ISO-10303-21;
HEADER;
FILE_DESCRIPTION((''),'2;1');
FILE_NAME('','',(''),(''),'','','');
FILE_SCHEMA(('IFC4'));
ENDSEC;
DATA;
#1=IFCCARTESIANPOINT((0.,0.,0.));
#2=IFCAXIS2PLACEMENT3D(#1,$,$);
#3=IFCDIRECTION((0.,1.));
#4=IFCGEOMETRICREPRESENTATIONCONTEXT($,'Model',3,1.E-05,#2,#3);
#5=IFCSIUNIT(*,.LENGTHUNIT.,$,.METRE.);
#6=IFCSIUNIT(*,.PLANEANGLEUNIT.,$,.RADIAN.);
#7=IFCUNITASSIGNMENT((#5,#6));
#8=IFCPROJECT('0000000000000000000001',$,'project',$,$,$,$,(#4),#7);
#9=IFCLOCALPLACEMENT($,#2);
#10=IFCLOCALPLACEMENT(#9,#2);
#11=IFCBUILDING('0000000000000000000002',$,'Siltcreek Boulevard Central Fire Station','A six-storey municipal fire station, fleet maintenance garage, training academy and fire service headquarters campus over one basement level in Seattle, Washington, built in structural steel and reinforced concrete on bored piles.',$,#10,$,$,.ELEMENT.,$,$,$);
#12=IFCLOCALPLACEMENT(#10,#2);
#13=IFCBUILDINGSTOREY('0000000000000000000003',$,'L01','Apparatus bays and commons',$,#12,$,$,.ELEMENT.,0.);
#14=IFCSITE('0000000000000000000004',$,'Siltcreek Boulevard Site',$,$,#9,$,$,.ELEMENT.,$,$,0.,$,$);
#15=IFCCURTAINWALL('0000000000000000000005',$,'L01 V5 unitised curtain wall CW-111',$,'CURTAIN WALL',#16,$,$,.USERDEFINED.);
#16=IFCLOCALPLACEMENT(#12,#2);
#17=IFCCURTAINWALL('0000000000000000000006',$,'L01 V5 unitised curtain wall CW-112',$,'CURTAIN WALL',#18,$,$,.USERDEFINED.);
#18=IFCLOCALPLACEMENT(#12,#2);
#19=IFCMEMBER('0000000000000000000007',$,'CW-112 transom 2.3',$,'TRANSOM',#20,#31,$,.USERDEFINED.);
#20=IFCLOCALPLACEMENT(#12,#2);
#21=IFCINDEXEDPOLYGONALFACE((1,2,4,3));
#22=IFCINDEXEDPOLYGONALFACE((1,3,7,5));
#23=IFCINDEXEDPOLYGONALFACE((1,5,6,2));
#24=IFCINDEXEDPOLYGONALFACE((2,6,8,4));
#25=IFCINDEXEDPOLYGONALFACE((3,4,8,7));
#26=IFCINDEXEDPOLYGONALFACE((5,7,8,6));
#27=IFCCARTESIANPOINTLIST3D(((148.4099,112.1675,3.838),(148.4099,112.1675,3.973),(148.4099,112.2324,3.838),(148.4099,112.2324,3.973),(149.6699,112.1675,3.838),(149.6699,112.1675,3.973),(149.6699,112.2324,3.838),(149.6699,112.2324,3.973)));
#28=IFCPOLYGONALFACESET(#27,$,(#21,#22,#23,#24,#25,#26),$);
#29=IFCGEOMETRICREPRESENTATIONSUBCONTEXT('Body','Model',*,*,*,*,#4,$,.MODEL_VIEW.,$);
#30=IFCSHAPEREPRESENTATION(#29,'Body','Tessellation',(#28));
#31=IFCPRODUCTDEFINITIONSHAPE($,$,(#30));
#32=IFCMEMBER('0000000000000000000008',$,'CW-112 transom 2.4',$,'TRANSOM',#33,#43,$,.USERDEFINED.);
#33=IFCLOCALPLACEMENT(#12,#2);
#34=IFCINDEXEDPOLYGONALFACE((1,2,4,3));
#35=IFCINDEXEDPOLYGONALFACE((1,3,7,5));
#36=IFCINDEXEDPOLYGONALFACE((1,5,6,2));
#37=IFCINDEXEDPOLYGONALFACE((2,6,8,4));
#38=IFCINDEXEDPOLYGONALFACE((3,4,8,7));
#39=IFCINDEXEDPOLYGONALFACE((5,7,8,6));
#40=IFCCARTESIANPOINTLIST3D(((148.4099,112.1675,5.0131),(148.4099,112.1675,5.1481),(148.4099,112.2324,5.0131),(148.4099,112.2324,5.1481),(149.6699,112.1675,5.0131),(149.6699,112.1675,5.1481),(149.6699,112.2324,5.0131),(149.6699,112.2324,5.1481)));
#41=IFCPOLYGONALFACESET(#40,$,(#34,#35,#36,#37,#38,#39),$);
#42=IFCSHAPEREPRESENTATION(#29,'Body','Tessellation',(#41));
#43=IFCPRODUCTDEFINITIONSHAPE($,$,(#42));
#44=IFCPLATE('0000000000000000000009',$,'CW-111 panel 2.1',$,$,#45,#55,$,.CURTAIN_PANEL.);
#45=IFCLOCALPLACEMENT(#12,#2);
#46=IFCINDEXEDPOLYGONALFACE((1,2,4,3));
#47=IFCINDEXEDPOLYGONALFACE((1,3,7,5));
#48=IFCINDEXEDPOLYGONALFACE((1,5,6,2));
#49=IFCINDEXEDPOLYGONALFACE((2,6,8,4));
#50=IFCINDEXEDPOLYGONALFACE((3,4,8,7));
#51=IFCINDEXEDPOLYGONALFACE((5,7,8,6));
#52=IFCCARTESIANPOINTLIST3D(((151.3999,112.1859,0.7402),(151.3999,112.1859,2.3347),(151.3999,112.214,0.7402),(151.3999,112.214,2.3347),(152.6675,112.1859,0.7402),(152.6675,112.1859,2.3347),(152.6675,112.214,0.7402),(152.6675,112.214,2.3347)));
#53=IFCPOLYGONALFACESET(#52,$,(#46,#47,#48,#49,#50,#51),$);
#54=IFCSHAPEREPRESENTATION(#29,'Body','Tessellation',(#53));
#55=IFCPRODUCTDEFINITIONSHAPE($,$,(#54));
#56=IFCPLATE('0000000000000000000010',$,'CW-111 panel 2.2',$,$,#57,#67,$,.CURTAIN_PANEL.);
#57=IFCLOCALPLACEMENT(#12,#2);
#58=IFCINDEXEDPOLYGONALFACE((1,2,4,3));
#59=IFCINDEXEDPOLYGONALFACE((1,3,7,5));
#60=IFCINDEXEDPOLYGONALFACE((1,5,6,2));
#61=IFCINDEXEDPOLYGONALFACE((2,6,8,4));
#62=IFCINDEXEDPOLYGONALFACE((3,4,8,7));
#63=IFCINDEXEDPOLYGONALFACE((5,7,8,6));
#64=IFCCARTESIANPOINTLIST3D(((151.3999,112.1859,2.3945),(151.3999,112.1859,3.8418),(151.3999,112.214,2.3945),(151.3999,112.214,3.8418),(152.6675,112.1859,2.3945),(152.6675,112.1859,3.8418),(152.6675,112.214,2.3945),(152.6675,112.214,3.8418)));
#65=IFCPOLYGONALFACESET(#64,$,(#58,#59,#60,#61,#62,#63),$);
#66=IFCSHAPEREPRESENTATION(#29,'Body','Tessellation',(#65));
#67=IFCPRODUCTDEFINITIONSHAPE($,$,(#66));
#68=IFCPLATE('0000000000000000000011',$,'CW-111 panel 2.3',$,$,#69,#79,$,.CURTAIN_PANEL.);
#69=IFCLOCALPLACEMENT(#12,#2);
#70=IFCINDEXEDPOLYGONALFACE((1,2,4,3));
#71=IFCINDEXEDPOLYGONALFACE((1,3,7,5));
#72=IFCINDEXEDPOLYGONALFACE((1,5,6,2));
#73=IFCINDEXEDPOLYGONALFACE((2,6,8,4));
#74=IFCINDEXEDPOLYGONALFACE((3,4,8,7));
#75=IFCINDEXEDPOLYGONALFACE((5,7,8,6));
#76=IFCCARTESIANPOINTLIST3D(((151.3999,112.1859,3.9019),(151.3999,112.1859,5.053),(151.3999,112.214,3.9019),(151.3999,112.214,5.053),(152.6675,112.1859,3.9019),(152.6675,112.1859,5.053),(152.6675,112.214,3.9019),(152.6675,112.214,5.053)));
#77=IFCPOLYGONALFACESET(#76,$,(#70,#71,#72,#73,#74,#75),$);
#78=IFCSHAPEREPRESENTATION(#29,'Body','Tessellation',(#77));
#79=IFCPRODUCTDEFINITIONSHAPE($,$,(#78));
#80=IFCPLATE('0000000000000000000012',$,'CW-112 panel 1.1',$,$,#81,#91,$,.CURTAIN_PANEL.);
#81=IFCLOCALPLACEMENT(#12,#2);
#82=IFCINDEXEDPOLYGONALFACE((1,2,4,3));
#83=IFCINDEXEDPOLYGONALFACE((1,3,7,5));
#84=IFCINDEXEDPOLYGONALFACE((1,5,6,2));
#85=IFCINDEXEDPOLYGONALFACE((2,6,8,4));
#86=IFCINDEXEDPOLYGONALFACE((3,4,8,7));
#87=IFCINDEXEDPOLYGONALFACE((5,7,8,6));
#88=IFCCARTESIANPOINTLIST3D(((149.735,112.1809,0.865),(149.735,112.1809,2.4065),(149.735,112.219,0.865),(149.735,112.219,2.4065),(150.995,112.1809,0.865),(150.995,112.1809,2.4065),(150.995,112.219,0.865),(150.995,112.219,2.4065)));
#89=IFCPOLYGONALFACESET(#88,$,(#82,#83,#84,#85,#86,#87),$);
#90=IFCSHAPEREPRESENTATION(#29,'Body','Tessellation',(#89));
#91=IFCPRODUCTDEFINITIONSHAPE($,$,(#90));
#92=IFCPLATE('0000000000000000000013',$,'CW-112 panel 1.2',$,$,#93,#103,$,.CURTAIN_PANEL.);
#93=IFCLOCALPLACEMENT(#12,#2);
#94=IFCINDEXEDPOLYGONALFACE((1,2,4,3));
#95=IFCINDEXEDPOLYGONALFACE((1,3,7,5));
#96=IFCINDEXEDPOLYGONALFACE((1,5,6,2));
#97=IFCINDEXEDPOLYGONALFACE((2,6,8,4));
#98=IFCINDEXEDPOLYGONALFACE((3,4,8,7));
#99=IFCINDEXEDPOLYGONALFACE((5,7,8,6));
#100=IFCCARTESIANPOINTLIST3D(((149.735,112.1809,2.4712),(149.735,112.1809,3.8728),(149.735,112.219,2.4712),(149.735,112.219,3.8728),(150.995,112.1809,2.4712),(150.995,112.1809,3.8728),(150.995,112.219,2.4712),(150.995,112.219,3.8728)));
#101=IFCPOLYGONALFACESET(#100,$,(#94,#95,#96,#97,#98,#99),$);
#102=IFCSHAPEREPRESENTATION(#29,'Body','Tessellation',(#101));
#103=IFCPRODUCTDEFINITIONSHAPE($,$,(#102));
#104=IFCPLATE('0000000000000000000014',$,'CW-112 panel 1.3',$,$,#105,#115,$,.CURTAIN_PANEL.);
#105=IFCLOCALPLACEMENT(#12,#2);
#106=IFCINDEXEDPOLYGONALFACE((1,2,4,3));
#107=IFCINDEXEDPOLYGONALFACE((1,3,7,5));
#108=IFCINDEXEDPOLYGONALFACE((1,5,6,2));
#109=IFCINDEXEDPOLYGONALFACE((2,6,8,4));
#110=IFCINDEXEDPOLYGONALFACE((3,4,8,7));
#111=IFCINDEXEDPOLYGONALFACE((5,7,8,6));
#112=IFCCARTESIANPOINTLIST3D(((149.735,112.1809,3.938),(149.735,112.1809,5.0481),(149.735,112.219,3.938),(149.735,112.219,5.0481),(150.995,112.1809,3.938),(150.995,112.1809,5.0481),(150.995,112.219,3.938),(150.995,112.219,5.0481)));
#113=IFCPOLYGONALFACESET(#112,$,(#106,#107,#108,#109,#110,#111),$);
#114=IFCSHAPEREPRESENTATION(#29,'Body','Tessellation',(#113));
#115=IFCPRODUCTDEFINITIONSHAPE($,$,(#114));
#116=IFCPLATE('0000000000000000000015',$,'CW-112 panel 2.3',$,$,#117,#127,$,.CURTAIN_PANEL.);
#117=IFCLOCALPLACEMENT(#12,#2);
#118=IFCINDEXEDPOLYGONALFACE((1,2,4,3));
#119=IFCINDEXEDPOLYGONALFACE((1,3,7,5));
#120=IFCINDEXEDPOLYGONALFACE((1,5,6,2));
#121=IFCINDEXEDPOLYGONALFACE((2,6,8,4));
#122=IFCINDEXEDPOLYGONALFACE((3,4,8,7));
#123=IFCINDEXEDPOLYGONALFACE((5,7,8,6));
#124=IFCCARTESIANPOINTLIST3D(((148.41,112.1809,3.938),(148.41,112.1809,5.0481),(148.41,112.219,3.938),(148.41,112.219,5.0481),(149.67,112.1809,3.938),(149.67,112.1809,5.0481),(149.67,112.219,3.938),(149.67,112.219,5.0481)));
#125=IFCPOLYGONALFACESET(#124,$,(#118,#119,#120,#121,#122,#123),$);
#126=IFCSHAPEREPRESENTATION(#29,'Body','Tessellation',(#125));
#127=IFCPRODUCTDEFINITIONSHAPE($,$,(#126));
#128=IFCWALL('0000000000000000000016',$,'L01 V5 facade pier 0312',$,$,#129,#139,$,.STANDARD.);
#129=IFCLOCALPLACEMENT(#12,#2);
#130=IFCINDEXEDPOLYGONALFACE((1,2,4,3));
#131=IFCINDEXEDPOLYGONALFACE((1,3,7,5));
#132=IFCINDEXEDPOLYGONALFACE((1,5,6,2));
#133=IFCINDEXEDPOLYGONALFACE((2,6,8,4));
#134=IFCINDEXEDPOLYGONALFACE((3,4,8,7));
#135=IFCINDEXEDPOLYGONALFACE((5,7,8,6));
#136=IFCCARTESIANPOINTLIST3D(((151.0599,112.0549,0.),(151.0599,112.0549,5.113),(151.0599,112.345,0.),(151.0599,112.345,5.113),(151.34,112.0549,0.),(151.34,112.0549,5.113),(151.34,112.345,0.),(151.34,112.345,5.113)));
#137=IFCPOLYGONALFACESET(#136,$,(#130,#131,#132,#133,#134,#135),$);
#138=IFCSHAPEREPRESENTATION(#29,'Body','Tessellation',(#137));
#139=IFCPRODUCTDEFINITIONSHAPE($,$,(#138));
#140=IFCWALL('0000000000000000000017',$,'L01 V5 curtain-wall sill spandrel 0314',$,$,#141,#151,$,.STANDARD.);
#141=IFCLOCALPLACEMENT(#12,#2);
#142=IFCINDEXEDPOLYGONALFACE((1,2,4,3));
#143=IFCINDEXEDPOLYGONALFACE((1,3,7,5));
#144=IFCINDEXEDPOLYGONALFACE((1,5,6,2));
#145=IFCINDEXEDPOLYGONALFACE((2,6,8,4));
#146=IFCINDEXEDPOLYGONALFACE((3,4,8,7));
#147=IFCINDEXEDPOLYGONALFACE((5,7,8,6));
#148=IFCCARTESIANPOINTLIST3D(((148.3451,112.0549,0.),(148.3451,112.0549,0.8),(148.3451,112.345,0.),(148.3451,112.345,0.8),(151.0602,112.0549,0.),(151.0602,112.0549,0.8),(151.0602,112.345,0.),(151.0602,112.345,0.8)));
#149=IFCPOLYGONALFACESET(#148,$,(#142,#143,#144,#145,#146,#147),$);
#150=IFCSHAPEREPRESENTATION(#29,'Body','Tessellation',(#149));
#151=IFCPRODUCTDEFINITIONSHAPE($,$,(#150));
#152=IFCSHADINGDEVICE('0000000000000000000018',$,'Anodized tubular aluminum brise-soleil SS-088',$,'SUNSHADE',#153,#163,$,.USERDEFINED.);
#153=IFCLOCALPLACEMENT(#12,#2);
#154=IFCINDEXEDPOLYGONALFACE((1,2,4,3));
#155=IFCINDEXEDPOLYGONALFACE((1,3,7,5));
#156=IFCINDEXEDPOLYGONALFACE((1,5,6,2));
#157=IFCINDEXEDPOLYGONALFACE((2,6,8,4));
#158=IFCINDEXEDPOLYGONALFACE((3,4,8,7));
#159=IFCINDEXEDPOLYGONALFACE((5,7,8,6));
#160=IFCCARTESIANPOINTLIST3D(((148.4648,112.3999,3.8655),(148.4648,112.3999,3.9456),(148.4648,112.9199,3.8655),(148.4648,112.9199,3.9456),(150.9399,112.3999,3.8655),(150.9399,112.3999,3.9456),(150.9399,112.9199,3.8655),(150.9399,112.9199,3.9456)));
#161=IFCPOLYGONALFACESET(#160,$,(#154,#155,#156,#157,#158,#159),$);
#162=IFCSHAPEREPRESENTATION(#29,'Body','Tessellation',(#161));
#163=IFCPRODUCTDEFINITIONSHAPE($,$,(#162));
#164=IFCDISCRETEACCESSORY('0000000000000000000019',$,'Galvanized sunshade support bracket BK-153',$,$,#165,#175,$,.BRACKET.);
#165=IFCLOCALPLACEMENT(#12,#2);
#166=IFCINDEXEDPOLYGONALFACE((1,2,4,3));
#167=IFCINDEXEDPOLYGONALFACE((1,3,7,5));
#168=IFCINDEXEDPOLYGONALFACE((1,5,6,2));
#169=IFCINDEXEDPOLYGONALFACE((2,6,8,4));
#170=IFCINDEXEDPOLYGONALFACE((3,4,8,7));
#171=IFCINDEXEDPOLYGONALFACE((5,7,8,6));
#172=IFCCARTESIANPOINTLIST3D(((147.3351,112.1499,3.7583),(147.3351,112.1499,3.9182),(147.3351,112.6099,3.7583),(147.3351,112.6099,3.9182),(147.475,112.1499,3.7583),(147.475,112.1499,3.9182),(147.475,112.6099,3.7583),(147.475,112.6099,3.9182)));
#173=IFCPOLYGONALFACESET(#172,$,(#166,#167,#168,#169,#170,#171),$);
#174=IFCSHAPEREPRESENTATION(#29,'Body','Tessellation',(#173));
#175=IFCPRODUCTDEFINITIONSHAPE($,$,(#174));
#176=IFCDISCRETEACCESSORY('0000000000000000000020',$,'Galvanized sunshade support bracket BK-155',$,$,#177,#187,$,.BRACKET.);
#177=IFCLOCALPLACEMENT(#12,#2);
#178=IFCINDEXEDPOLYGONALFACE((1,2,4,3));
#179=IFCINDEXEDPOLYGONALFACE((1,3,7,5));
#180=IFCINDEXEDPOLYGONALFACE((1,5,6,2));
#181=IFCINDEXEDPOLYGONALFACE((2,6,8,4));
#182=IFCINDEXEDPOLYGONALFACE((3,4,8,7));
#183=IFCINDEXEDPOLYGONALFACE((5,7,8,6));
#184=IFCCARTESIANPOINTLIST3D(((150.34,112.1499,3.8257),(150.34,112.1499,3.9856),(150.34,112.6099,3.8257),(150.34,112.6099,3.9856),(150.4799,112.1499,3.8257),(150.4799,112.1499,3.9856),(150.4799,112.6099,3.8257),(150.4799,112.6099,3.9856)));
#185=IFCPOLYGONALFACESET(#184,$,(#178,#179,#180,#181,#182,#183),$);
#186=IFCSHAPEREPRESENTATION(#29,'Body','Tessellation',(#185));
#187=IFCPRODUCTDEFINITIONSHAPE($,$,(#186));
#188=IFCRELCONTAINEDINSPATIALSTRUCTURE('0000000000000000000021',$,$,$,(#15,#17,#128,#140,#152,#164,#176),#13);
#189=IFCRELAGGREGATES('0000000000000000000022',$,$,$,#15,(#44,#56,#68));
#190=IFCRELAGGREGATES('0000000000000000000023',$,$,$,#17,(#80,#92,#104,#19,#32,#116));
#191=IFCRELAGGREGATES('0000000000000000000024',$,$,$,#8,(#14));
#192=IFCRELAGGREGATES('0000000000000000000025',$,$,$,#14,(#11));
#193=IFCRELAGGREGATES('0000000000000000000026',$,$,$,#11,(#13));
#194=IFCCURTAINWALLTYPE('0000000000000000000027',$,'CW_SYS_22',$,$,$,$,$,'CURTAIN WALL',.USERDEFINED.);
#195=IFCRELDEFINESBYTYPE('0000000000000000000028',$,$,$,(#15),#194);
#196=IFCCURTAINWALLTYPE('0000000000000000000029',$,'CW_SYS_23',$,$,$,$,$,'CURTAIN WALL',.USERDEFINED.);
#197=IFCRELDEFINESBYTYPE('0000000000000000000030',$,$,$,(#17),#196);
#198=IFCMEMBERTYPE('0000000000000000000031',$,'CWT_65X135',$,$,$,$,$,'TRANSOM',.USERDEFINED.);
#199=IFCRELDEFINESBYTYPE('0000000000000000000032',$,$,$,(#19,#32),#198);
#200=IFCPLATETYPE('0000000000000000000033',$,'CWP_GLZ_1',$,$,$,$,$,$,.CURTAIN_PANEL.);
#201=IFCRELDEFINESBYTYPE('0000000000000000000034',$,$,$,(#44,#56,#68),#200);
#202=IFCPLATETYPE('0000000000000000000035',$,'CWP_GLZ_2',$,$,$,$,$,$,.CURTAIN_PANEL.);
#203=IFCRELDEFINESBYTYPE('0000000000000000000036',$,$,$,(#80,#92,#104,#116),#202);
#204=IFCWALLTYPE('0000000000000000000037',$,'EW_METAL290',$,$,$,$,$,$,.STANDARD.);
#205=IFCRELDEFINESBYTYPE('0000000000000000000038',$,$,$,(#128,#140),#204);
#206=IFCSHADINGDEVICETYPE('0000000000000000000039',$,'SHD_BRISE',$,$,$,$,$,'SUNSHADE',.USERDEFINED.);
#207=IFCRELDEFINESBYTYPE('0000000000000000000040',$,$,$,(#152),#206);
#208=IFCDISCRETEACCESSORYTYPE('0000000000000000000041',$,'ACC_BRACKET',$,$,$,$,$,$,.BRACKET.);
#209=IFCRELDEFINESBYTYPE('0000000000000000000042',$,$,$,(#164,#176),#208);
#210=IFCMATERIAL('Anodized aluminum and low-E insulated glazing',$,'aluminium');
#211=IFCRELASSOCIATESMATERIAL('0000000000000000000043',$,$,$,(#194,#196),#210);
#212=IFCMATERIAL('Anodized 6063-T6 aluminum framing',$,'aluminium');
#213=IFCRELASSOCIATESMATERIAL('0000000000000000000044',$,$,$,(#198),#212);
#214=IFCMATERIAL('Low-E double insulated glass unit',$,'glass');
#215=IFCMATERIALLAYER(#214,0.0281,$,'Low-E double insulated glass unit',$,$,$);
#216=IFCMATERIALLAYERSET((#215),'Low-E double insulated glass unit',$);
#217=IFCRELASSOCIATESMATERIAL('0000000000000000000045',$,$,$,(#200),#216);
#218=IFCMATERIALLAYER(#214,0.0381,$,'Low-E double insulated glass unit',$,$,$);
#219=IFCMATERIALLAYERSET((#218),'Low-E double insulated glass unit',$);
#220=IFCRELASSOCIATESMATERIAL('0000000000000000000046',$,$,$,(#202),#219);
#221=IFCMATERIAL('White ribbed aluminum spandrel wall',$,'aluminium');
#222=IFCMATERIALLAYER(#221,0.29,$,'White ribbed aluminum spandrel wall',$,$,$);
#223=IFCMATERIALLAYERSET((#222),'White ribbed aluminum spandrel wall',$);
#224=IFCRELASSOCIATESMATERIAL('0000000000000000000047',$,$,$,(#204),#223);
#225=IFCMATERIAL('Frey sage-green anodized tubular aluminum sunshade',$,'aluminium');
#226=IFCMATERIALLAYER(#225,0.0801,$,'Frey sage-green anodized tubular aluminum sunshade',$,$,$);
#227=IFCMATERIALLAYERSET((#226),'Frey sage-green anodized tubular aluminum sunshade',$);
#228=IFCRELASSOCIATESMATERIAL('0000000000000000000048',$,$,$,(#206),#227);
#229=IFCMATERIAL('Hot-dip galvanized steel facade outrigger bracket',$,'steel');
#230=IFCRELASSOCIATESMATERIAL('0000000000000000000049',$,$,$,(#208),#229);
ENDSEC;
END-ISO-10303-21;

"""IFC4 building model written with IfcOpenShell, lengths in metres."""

from ifc_helpers import new_model, si_unit, direction, frame, frame_2d, origin, origin_2d, place, context, subcontext, project, spatial, rectangle, extrude, material, layer, layer_set, material_profile, profile_set, type_object, element, aggregate, save


model = new_model("IFC4")

# Units and contexts
model_context = context("Model", 3, precision=1e-05, world=origin(), true_north=direction((0.0, 1.0)))
body_context = subcontext(model_context, "Body", "Model", "MODEL_VIEW")
ifc_project = project(units=[si_unit("LENGTHUNIT", "METRE"), si_unit("PLANEANGLEUNIT", "RADIAN")], contexts=[model_context])

# Site, building, storey
site_placement = place(None, origin())
site = spatial("IfcSite", under=ifc_project, at=site_placement, Name="Siltcreek Boulevard Site", CompositionType="ELEMENT", RefElevation=0.0)
building_placement = place(site_placement, origin())
building = spatial("IfcBuilding", under=site, at=building_placement, Name="Siltcreek Boulevard Central Fire Station", Description="A six-storey municipal fire station, fleet maintenance garage, training academy and fire service headquarters campus over one basement level in Seattle, Washington, built in structural steel and reinforced concrete on bored piles.", CompositionType="ELEMENT")
storey_placement = place(building_placement, origin())
storey = spatial("IfcBuildingStorey", under=building, at=storey_placement, Name="L01", Description="Apparatus bays and commons", CompositionType="ELEMENT", Elevation=0.0)

# Curtain walls
ifc_material_1 = material(Name="Anodized aluminum and low-E insulated glazing", Category="aluminium")
curtain_wall_type_1 = type_object("IfcCurtainWallType", Name="CW_SYS_22", ElementType="CURTAIN WALL", PredefinedType="USERDEFINED", material=ifc_material_1)
curtain_wall_1_placement = place(storey_placement, origin())
curtain_wall_1 = element("IfcCurtainWall", 1, at=curtain_wall_1_placement, inside=storey, type_object=curtain_wall_type_1, Name="L01 V5 unitised curtain wall CW-111", ObjectType="CURTAIN WALL", PredefinedType="USERDEFINED")
ifc_material_2 = material(Name="Anodized 6063-T6 aluminum framing", Category="aluminium")
curtain_wall_type_2 = type_object("IfcCurtainWallType", Name="CW_SYS_23", ElementType="CURTAIN WALL", PredefinedType="USERDEFINED", material=ifc_material_1)
curtain_wall_2_placement = place(storey_placement, origin())
curtain_wall_2 = element("IfcCurtainWall", 2, at=curtain_wall_2_placement, inside=storey, type_object=curtain_wall_type_2, Name="L01 V5 unitised curtain wall CW-112", ObjectType="CURTAIN WALL", PredefinedType="USERDEFINED")

# Members
ifc_material_profile_1 = material_profile(ifc_material_2, rectangle(XDim=0.0649, YDim=0.135, at=origin_2d()), Name="TRAN65X135")
ifc_profile_set_1 = profile_set([ifc_material_profile_1], Name="Anodized 6063-T6 aluminum framing")
member_type_1 = type_object("IfcMemberType", Name="CWT_65X135", ElementType="TRANSOM", PredefinedType="USERDEFINED", material=ifc_profile_set_1)
member_1_placement = place(storey_placement, frame((149.6699, 112.2, 3.9055), z_axis=(-1.0, 0.0, 0.0), x_axis=(0.0, -1.0, 0.0)))
member_1 = element("IfcMember", 3, at=member_1_placement, type_object=member_type_1, Name="CW-112 transom 2.3", ObjectType="TRANSOM", PredefinedType="USERDEFINED", context=body_context, shape_type="SweptSolid", body=[
    extrude(rectangle(XDim=0.0649, YDim=0.135, at=origin_2d()), origin(), (0.0, 0.0, 1.0), 1.26),
])
member_2_placement = place(storey_placement, frame((149.6699, 112.2, 5.0806), z_axis=(-1.0, 0.0, 0.0), x_axis=(0.0, -1.0, 0.0)))
member_2 = element("IfcMember", 4, at=member_2_placement, type_object=member_type_1, Name="CW-112 transom 2.4", ObjectType="TRANSOM", PredefinedType="USERDEFINED", context=body_context, shape_type="SweptSolid", body=[
    extrude(rectangle(XDim=0.0649, YDim=0.135, at=origin_2d()), origin(), (0.0, 0.0, 1.0), 1.26),
])

# Plates
ifc_material_3 = material(Name="Low-E double insulated glass unit", Category="glass")
ifc_layer_1 = layer(ifc_material_3, 0.0281, Name="Low-E double insulated glass unit")
ifc_layer_set_1 = layer_set([ifc_layer_1], Name="Low-E double insulated glass unit")
plate_type_1 = type_object("IfcPlateType", Name="CWP_GLZ_1", PredefinedType="CURTAIN_PANEL", material=ifc_layer_set_1)
plate_1_placement = place(storey_placement, frame((152.0337, 112.2, 0.7402), z_axis=(0.0, 0.0, 1.0), x_axis=(-1.0, 0.0, 0.0)))
plate_1 = element("IfcPlate", 5, at=plate_1_placement, type_object=plate_type_1, Name="CW-111 panel 2.1", PredefinedType="CURTAIN_PANEL", context=body_context, shape_type="SweptSolid", body=[
    extrude(rectangle(XDim=1.2676, YDim=0.0281, at=origin_2d()), origin(), (0.0, 0.0, 1.0), 1.5945),
])
plate_2_placement = place(storey_placement, frame((152.0337, 112.2, 2.3945), z_axis=(0.0, 0.0, 1.0), x_axis=(-1.0, 0.0, 0.0)))
plate_2 = element("IfcPlate", 6, at=plate_2_placement, type_object=plate_type_1, Name="CW-111 panel 2.2", PredefinedType="CURTAIN_PANEL", context=body_context, shape_type="SweptSolid", body=[
    extrude(rectangle(XDim=1.2676, YDim=0.0281, at=origin_2d()), origin(), (0.0, 0.0, 1.0), 1.4473),
])
plate_3_placement = place(storey_placement, frame((152.0337, 112.2, 3.9019), z_axis=(0.0, 0.0, 1.0), x_axis=(-1.0, 0.0, 0.0)))
plate_3 = element("IfcPlate", 7, at=plate_3_placement, type_object=plate_type_1, Name="CW-111 panel 2.3", PredefinedType="CURTAIN_PANEL", context=body_context, shape_type="SweptSolid", body=[
    extrude(rectangle(XDim=1.2676, YDim=0.0281, at=origin_2d()), origin(), (0.0, 0.0, 1.0), 1.1511),
])
aggregate(curtain_wall_1, [plate_1, plate_2, plate_3])
ifc_layer_2 = layer(ifc_material_3, 0.0381, Name="Low-E double insulated glass unit")
ifc_layer_set_2 = layer_set([ifc_layer_2], Name="Low-E double insulated glass unit")
plate_type_2 = type_object("IfcPlateType", Name="CWP_GLZ_2", PredefinedType="CURTAIN_PANEL", material=ifc_layer_set_2)
plate_4_placement = place(storey_placement, frame((150.365, 112.2, 0.865), z_axis=(0.0, 0.0, 1.0), x_axis=(-1.0, 0.0, 0.0)))
plate_4 = element("IfcPlate", 8, at=plate_4_placement, type_object=plate_type_2, Name="CW-112 panel 1.1", PredefinedType="CURTAIN_PANEL", context=body_context, shape_type="SweptSolid", body=[
    extrude(rectangle(XDim=1.26, YDim=0.0381, at=origin_2d()), origin(), (0.0, 0.0, 1.0), 1.5415),
])
plate_5_placement = place(storey_placement, frame((150.365, 112.2, 2.4712), z_axis=(0.0, 0.0, 1.0), x_axis=(-1.0, 0.0, 0.0)))
plate_5 = element("IfcPlate", 9, at=plate_5_placement, type_object=plate_type_2, Name="CW-112 panel 1.2", PredefinedType="CURTAIN_PANEL", context=body_context, shape_type="SweptSolid", body=[
    extrude(rectangle(XDim=1.26, YDim=0.0381, at=origin_2d()), origin(), (0.0, 0.0, 1.0), 1.4016),
])
plate_6_placement = place(storey_placement, frame((150.365, 112.2, 3.938), z_axis=(0.0, 0.0, 1.0), x_axis=(-1.0, 0.0, 0.0)))
plate_6 = element("IfcPlate", 10, at=plate_6_placement, type_object=plate_type_2, Name="CW-112 panel 1.3", PredefinedType="CURTAIN_PANEL", context=body_context, shape_type="SweptSolid", body=[
    extrude(rectangle(XDim=1.26, YDim=0.0381, at=origin_2d()), origin(), (0.0, 0.0, 1.0), 1.1101),
])
plate_7_placement = place(storey_placement, frame((149.04, 112.2, 3.938), z_axis=(0.0, 0.0, 1.0), x_axis=(-1.0, 0.0, 0.0)))
plate_7 = element("IfcPlate", 11, at=plate_7_placement, type_object=plate_type_2, Name="CW-112 panel 2.3", PredefinedType="CURTAIN_PANEL", context=body_context, shape_type="SweptSolid", body=[
    extrude(rectangle(XDim=1.26, YDim=0.0381, at=origin_2d()), origin(), (0.0, 0.0, 1.0), 1.1101),
])
aggregate(curtain_wall_2, [plate_4, plate_5, plate_6, member_1, member_2, plate_7])

# Walls
ifc_material_4 = material(Name="White ribbed aluminum spandrel wall", Category="aluminium")
ifc_layer_3 = layer(ifc_material_4, 0.29, Name="White ribbed aluminum spandrel wall")
ifc_layer_set_3 = layer_set([ifc_layer_3], Name="White ribbed aluminum spandrel wall")
wall_type = type_object("IfcWallType", Name="EW_METAL290", PredefinedType="STANDARD", material=ifc_layer_set_3)
wall_1_placement = place(storey_placement, frame((151.3401, 112.2, 0.0), z_axis=(0.0, 0.0, 1.0), x_axis=(-1.0, 0.0, 0.0)))
element("IfcWall", 12, at=wall_1_placement, inside=storey, type_object=wall_type, Name="L01 V5 facade pier 0312", PredefinedType="STANDARD", context=body_context, shape_type="SweptSolid", body=[
    extrude(rectangle(XDim=0.28, YDim=0.29, at=frame_2d((0.1401, 0.0))), origin(), (0.0, 0.0, 1.0), 5.113),
])
wall_2_placement = place(storey_placement, frame((151.0601, 112.2, 0.0), z_axis=(0.0, 0.0, 1.0), x_axis=(-1.0, 0.0, 0.0)))
element("IfcWall", 13, at=wall_2_placement, inside=storey, type_object=wall_type, Name="L01 V5 curtain-wall sill spandrel 0314", PredefinedType="STANDARD", context=body_context, shape_type="SweptSolid", body=[
    extrude(rectangle(XDim=2.7151, YDim=0.29, at=frame_2d((1.3574, 0.0))), origin(), (0.0, 0.0, 1.0), 0.8),
])

# Shading device
ifc_material_5 = material(Name="Frey sage-green anodized tubular aluminum sunshade", Category="aluminium")
ifc_layer_4 = layer(ifc_material_5, 0.0801, Name="Frey sage-green anodized tubular aluminum sunshade")
ifc_layer_set_4 = layer_set([ifc_layer_4], Name="Frey sage-green anodized tubular aluminum sunshade")
shading_device_type = type_object("IfcShadingDeviceType", Name="SHD_BRISE", ElementType="SUNSHADE", PredefinedType="USERDEFINED", material=ifc_layer_set_4)
shading_device_placement = place(storey_placement, frame((149.7024, 112.6599, 3.8655), z_axis=(0.0, 0.0, 1.0), x_axis=(-1.0, 0.0, 0.0)))
element("IfcShadingDevice", 14, at=shading_device_placement, inside=storey, type_object=shading_device_type, Name="Anodized tubular aluminum brise-soleil SS-088", ObjectType="SUNSHADE", PredefinedType="USERDEFINED", context=body_context, shape_type="SweptSolid", body=[
    extrude(rectangle(XDim=2.4751, YDim=0.52, at=origin_2d()), origin(), (0.0, 0.0, 1.0), 0.0801),
])

# Discrete accessories
ifc_material_6 = material(Name="Hot-dip galvanized steel facade outrigger bracket", Category="steel")
discrete_accessory_type = type_object("IfcDiscreteAccessoryType", Name="ACC_BRACKET", PredefinedType="BRACKET", material=ifc_material_6)
for number, where, z_axis, x_axis, name in (
    (15, (147.405, 112.3799, 3.7583), (0.0, 0.0, 1.0), (-1.0, 0.0, 0.0), "Galvanized sunshade support bracket BK-153"),
    (16, (150.4099, 112.3799, 3.8257), (0.0, 0.0, 1.0), (-1.0, 0.0, 0.0), "Galvanized sunshade support bracket BK-155"),
):
    element("IfcDiscreteAccessory", number, at=place(storey_placement, frame(where, z_axis=z_axis, x_axis=x_axis)), inside=storey, type_object=discrete_accessory_type, Name=name, PredefinedType="BRACKET", context=body_context, shape_type="SweptSolid", body=[
        extrude(rectangle(XDim=0.1399, YDim=0.46, at=origin_2d()), origin(), (0.0, 0.0, 1.0), 0.1599),
    ])

save(model, "model.ifc")
